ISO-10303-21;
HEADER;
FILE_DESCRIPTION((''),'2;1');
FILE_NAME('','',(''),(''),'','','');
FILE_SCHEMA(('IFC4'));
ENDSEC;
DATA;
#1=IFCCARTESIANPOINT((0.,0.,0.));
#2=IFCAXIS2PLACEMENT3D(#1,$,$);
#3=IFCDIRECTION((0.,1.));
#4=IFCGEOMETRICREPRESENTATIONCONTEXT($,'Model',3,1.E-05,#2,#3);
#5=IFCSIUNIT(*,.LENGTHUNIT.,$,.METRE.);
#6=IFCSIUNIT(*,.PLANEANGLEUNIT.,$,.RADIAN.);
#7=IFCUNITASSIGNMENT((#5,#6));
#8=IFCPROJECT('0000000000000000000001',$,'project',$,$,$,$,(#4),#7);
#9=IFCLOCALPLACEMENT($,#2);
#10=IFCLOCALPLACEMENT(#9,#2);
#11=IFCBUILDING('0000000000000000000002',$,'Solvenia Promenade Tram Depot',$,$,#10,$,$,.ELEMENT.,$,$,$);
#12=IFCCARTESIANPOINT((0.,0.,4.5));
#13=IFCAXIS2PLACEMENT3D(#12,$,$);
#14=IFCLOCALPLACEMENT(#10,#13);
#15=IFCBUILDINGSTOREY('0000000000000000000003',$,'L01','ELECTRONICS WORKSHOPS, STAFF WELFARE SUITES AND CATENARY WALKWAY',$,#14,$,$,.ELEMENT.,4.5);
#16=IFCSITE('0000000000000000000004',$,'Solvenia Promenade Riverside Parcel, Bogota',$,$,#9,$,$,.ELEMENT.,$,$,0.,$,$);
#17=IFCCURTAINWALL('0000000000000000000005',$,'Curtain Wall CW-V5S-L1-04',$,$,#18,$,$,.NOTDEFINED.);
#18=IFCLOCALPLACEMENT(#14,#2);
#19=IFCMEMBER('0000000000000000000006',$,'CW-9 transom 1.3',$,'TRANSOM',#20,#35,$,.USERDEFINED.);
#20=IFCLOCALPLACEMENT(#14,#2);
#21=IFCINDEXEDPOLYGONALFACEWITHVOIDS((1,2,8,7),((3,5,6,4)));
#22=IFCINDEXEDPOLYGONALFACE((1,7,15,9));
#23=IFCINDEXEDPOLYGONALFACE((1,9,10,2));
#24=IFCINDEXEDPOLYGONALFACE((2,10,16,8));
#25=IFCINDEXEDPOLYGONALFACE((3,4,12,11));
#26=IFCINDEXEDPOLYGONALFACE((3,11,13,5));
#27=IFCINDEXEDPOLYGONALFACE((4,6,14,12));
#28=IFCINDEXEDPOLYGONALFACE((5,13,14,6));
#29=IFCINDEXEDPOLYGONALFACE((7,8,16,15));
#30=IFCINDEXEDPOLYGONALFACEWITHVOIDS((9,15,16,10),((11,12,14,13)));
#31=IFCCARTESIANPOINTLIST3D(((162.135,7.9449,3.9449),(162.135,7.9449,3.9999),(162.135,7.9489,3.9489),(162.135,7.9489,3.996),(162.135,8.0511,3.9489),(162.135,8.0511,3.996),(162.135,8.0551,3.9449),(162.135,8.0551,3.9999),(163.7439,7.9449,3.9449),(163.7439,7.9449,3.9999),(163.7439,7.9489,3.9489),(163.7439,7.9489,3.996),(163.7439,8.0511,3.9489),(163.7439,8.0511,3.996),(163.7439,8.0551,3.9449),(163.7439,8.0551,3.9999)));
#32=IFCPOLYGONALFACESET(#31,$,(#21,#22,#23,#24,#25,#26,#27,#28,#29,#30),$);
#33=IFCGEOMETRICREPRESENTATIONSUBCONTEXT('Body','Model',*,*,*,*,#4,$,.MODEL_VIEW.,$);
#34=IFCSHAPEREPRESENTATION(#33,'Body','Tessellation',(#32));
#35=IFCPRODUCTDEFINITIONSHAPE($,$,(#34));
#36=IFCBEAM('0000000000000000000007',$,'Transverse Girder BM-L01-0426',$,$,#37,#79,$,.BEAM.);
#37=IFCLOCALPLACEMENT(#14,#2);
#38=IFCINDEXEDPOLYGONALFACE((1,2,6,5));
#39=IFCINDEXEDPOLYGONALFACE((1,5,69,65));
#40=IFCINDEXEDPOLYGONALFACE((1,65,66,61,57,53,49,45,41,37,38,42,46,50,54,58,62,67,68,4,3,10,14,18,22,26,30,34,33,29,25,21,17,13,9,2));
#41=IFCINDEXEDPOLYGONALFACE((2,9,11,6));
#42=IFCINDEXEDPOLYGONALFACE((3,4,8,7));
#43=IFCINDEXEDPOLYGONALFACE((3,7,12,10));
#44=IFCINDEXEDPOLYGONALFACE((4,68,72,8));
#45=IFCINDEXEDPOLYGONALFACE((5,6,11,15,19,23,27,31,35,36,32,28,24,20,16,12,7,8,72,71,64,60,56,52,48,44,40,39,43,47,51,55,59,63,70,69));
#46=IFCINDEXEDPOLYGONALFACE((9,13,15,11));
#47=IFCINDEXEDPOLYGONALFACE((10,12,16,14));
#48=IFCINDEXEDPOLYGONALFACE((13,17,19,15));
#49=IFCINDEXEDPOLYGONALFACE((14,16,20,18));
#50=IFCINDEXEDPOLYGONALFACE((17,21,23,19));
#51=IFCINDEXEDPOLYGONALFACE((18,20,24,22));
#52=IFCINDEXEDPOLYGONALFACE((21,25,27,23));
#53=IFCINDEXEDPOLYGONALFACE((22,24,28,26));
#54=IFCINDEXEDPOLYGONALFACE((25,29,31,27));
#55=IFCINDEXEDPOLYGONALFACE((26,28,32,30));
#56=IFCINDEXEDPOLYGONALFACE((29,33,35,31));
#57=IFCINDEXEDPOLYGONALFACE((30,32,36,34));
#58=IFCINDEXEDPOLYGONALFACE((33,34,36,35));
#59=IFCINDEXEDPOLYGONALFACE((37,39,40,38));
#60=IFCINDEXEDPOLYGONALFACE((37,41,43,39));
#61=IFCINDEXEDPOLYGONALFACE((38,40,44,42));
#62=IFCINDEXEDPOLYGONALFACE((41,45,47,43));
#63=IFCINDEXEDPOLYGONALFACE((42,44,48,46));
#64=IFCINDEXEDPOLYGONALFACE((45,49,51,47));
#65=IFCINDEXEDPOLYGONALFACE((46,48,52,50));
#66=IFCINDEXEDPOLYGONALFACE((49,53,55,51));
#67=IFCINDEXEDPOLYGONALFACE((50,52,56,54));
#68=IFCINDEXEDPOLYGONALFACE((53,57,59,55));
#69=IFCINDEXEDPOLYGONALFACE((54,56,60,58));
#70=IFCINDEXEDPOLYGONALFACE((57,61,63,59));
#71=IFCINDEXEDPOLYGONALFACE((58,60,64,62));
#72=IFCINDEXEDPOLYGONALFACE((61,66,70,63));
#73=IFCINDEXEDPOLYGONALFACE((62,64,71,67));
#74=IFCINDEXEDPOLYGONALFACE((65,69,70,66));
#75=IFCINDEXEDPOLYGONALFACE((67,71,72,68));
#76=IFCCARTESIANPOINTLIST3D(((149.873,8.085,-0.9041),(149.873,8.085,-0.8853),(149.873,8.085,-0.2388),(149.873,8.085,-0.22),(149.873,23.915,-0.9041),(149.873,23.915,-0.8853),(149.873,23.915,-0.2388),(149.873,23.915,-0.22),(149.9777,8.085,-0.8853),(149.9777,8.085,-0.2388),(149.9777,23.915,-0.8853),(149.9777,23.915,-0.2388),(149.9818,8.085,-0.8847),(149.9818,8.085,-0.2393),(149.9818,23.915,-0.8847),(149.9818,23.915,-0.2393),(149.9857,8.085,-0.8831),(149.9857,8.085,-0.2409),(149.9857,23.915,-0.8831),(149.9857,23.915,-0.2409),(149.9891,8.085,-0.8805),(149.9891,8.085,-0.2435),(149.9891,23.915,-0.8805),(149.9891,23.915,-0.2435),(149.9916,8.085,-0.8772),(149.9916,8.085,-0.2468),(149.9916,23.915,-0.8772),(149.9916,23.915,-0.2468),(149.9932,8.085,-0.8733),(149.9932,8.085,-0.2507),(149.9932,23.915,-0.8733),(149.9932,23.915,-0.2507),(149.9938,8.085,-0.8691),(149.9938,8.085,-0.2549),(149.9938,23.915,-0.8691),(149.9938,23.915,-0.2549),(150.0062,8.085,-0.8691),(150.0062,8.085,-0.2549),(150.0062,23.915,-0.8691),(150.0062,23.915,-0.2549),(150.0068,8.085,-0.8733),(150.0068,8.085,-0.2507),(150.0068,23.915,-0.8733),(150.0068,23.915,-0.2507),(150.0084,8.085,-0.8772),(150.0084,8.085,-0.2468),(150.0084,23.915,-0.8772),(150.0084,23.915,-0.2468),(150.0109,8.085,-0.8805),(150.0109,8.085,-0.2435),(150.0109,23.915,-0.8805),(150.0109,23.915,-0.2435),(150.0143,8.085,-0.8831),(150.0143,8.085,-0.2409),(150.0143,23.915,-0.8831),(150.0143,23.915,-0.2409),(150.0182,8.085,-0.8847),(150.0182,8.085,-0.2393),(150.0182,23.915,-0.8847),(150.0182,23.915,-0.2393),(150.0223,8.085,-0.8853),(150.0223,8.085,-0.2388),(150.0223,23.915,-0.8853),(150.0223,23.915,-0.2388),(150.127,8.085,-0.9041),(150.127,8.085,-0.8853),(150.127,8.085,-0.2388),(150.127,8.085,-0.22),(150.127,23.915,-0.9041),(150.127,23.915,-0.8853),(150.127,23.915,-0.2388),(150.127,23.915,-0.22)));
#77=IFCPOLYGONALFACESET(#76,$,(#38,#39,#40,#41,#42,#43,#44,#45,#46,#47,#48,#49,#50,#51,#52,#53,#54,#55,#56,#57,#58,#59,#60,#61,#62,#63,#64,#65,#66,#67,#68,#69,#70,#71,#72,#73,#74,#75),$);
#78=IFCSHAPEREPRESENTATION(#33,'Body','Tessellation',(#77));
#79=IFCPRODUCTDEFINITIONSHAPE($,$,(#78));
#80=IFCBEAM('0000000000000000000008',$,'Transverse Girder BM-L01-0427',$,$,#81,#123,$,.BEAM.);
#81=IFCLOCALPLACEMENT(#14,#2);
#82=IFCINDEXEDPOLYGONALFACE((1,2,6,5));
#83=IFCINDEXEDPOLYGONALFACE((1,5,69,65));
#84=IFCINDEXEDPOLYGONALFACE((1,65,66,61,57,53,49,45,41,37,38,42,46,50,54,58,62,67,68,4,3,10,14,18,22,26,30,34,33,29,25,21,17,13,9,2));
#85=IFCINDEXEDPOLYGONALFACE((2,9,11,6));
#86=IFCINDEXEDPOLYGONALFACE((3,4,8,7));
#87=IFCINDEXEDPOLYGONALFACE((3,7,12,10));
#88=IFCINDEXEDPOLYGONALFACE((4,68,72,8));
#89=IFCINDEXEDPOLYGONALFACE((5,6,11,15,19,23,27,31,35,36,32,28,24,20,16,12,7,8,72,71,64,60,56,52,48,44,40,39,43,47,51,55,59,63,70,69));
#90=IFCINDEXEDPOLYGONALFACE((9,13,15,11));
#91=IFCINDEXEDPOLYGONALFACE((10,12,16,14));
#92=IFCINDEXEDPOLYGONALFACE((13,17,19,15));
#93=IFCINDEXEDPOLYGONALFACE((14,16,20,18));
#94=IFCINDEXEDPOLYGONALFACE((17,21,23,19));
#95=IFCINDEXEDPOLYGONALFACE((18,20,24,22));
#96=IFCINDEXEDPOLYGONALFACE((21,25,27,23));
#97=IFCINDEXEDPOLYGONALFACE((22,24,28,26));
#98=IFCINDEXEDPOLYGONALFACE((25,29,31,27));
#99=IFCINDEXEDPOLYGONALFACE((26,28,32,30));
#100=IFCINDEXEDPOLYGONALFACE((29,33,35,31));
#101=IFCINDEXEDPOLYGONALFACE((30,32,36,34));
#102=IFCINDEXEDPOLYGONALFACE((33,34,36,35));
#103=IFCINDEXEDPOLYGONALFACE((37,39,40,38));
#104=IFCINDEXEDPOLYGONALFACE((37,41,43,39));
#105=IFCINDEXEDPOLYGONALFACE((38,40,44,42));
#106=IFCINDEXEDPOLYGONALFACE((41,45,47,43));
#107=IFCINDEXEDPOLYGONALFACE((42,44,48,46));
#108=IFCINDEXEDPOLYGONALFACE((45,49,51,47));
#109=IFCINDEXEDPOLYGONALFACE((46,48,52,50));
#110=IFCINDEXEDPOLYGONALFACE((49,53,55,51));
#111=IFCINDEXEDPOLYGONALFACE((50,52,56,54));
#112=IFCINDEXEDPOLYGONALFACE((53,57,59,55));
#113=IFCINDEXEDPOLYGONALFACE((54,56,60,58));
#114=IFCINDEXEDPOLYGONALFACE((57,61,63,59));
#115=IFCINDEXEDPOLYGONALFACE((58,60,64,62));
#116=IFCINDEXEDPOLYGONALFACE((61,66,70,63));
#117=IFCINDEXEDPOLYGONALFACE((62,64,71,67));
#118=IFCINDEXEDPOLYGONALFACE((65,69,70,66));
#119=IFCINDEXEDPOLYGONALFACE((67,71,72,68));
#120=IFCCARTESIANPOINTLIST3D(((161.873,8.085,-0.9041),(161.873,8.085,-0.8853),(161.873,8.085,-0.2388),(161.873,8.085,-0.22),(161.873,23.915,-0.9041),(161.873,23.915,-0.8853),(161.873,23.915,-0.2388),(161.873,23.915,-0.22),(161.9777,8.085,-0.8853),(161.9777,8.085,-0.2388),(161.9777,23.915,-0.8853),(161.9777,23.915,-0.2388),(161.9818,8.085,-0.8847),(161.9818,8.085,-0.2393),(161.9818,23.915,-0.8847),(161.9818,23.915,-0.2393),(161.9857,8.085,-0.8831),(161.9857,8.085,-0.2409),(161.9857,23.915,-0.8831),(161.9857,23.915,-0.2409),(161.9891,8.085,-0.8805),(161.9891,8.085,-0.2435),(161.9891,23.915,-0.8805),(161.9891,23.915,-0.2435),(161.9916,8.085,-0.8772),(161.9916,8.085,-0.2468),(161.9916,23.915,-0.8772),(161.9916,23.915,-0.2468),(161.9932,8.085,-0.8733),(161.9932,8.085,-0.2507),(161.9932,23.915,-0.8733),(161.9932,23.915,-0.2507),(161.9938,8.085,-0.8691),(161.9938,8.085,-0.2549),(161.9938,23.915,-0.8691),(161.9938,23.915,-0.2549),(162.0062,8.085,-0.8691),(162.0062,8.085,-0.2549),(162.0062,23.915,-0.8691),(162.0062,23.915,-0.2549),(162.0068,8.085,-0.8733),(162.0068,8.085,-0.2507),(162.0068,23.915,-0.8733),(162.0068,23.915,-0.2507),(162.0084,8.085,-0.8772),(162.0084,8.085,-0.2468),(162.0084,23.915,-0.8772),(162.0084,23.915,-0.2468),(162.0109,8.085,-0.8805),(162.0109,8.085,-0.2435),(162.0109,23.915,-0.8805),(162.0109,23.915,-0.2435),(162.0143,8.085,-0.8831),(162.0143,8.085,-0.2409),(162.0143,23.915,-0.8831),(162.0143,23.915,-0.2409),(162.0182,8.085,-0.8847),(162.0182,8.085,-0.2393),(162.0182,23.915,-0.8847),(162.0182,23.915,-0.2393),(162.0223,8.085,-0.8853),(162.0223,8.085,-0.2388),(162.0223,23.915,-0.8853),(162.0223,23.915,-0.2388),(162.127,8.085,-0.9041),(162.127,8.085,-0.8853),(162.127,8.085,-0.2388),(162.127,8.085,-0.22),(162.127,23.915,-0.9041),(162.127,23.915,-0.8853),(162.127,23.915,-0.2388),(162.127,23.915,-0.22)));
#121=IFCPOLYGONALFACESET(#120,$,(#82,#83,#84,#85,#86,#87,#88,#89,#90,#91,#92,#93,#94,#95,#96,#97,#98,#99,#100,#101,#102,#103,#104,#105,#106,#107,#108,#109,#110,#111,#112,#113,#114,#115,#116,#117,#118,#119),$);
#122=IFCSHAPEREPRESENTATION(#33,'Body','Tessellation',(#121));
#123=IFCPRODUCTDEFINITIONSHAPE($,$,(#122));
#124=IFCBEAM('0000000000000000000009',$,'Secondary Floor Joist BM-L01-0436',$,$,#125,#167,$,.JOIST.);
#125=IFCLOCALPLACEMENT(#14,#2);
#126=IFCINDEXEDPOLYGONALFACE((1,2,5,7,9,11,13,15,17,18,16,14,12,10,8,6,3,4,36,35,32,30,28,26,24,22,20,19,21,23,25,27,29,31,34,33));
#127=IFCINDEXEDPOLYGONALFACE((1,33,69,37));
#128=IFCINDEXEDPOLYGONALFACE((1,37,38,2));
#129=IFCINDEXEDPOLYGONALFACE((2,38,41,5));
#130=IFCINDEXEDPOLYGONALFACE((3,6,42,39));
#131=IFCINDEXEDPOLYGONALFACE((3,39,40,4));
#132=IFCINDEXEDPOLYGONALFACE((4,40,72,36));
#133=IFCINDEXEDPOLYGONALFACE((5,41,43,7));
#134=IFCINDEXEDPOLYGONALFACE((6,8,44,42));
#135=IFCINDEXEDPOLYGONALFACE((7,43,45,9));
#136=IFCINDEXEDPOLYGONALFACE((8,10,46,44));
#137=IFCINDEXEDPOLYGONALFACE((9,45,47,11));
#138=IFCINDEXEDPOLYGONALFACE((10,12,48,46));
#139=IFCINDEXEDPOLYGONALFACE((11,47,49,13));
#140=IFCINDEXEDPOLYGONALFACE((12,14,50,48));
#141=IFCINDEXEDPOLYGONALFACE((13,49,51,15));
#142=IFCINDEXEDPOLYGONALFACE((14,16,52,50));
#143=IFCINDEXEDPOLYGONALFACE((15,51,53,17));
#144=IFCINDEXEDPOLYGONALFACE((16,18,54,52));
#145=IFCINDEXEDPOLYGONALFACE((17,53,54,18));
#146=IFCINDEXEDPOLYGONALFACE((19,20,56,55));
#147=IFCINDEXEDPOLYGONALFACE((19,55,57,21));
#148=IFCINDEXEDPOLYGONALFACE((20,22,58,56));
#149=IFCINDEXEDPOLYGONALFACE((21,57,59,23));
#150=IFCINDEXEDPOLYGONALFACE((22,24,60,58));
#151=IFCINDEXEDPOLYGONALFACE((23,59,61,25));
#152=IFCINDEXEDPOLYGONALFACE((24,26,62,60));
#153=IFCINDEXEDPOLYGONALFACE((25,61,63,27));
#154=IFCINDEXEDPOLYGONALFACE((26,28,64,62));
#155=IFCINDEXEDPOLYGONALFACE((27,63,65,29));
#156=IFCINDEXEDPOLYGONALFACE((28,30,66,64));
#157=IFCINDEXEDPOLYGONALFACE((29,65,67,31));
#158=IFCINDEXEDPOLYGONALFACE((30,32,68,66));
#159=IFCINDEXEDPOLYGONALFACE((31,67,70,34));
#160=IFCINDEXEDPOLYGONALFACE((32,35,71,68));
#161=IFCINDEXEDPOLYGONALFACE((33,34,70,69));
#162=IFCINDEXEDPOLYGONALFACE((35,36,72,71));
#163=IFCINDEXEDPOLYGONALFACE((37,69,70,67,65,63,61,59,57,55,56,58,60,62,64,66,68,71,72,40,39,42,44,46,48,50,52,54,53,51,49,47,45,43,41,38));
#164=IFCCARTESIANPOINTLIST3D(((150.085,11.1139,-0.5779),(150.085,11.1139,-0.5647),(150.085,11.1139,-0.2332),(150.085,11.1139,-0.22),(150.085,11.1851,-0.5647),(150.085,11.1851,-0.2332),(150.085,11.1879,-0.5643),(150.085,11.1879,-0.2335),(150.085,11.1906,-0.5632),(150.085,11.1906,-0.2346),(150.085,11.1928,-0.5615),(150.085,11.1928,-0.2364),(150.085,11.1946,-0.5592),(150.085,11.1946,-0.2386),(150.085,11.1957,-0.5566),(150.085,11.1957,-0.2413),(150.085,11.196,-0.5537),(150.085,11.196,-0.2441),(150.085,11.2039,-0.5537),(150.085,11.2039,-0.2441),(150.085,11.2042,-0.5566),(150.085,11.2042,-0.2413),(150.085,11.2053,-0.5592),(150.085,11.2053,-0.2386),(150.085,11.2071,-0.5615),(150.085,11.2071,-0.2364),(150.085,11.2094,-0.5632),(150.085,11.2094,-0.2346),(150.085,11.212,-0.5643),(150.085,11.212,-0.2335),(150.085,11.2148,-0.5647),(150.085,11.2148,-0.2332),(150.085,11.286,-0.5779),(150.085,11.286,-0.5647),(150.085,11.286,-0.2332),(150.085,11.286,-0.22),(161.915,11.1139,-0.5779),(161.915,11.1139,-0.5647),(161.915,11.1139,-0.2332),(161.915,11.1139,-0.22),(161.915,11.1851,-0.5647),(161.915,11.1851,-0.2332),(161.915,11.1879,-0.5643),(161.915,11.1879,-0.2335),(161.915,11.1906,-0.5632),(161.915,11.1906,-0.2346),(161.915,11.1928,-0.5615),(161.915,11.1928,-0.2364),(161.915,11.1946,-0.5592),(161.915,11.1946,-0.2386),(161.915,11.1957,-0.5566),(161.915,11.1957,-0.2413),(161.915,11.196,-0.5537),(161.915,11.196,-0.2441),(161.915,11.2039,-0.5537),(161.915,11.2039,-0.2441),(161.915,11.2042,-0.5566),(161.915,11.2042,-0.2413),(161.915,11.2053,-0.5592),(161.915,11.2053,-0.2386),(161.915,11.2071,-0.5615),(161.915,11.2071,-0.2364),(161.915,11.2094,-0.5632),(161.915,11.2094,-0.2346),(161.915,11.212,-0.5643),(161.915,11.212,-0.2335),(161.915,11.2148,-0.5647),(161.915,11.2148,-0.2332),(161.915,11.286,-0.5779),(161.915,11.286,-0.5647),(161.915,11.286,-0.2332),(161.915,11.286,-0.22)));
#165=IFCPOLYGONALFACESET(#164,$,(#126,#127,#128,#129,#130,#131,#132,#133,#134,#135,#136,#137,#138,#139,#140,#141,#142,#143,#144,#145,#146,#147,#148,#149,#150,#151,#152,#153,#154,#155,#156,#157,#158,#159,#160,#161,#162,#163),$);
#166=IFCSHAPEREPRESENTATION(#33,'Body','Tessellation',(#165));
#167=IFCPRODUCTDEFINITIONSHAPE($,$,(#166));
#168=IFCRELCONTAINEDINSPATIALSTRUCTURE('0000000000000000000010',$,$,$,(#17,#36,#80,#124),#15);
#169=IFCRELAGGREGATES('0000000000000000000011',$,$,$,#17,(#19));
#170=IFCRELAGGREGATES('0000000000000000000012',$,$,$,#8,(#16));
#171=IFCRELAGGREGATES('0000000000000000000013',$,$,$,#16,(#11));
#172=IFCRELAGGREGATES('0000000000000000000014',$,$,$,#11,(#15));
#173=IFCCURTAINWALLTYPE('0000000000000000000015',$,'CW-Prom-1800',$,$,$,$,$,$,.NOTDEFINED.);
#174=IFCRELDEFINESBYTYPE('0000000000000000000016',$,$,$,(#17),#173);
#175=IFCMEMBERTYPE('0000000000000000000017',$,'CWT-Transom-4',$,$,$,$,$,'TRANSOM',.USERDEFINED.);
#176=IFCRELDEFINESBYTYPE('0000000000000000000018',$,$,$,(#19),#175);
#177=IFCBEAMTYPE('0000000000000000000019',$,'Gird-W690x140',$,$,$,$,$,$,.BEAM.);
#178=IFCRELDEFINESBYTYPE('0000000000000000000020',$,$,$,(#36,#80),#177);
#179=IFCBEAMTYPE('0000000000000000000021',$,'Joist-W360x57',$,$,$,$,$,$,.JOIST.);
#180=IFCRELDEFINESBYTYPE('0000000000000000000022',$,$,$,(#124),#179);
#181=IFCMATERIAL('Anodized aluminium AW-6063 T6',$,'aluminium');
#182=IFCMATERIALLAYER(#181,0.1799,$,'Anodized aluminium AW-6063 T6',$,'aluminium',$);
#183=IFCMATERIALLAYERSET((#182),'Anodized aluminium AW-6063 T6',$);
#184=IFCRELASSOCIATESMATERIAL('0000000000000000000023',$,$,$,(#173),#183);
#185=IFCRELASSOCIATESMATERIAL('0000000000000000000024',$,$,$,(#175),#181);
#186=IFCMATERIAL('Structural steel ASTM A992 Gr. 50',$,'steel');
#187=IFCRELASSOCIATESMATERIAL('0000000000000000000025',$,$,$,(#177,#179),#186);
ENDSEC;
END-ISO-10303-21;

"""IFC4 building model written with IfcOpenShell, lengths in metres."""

from ifc_helpers import new_model, si_unit, direction, frame, origin, origin_2d, place, context, subcontext, project, spatial, hollow_rectangle, i_section, extrude, material, layer, layer_set, material_profile, profile_set, type_object, element, aggregate, save


model = new_model("IFC4")

# Units and contexts
model_context = context("Model", 3, precision=1e-05, world=origin(), true_north=direction((0.0, 1.0)))
body_context = subcontext(model_context, "Body", "Model", "MODEL_VIEW")
ifc_project = project(units=[si_unit("LENGTHUNIT", "METRE"), si_unit("PLANEANGLEUNIT", "RADIAN")], contexts=[model_context])

# Site, building, storey
site_placement = place(None, origin())
site = spatial("IfcSite", under=ifc_project, at=site_placement, Name="Solvenia Promenade Riverside Parcel, Bogota", CompositionType="ELEMENT", RefElevation=0.0)
building_placement = place(site_placement, origin())
building = spatial("IfcBuilding", under=site, at=building_placement, Name="Solvenia Promenade Tram Depot", CompositionType="ELEMENT")
storey_placement = place(building_placement, frame((0.0, 0.0, 4.5)))
storey = spatial("IfcBuildingStorey", under=building, at=storey_placement, Name="L01", Description="ELECTRONICS WORKSHOPS, STAFF WELFARE SUITES AND CATENARY WALKWAY", CompositionType="ELEMENT", Elevation=4.5)

# Shared definitions
ifc_material_1 = material(Name="Structural steel ASTM A992 Gr. 50", Category="steel")

# Shared definitions
ifc_material_2 = material(Name="Anodized aluminium AW-6063 T6", Category="aluminium")
ifc_layer_1 = layer(ifc_material_2, 0.1799, Name="Anodized aluminium AW-6063 T6", Category="aluminium")
ifc_layer_set_1 = layer_set([ifc_layer_1], Name="Anodized aluminium AW-6063 T6")
curtain_wall_type = type_object("IfcCurtainWallType", Name="CW-Prom-1800", PredefinedType="NOTDEFINED", material=ifc_layer_set_1)

# Curtain wall
curtain_wall_1_placement = place(storey_placement, origin())
curtain_wall_1 = element("IfcCurtainWall", 1, at=curtain_wall_1_placement, inside=storey, type_object=curtain_wall_type, Name="Curtain Wall CW-V5S-L1-04", PredefinedType="NOTDEFINED")

# Member
ifc_material_profile_1 = material_profile(ifc_material_2, hollow_rectangle(XDim=0.1101, YDim=0.0549, WallThickness=0.0039, at=origin_2d()), Name="ALU-T4", Category="aluminium")
ifc_profile_set_1 = profile_set([ifc_material_profile_1], Name="Anodized aluminium AW-6063 T6")
member_type_1 = type_object("IfcMemberType", Name="CWT-Transom-4", ElementType="TRANSOM", PredefinedType="USERDEFINED", material=ifc_profile_set_1)
member_1_placement = place(storey_placement, frame((162.135, 8.0, 3.9724), z_axis=(1.0, 0.0, 0.0), x_axis=(0.0, 1.0, 0.0)))
member_1 = element("IfcMember", 2, at=member_1_placement, type_object=member_type_1, Name="CW-9 transom 1.3", ObjectType="TRANSOM", PredefinedType="USERDEFINED", context=body_context, shape_type="SweptSolid", body=[
    extrude(hollow_rectangle(XDim=0.1101, YDim=0.0549, WallThickness=0.0039, at=origin_2d()), origin(), (0.0, 0.0, 1.0), 1.6089),
])
aggregate(curtain_wall_1, [member_1])

# Beams
ifc_material_profile_2 = material_profile(ifc_material_1, i_section(OverallWidth=0.2539, OverallDepth=0.6841, WebThickness=0.0125, FlangeThickness=0.0188, FilletRadius=0.0161, at=origin_2d()), Name="W690x140", Category="steel")
ifc_profile_set_2 = profile_set([ifc_material_profile_2], Name="Structural steel ASTM A992 Gr. 50")
beam_type_1 = type_object("IfcBeamType", Name="Gird-W690x140", PredefinedType="BEAM", material=ifc_profile_set_2)
for number, where, z_axis, x_axis, name in (
    (3, (150.0, 8.085, -0.562), (0.0, 1.0, 0.0), (-1.0, 0.0, 0.0), "Transverse Girder BM-L01-0426"),
    (4, (162.0, 8.085, -0.562), (0.0, 1.0, 0.0), (-1.0, 0.0, 0.0), "Transverse Girder BM-L01-0427"),
):
    element("IfcBeam", number, at=place(storey_placement, frame(where, z_axis=z_axis, x_axis=x_axis)), inside=storey, type_object=beam_type_1, Name=name, PredefinedType="BEAM", context=body_context, shape_type="SweptSolid", body=[
        extrude(i_section(OverallWidth=0.2539, OverallDepth=0.6841, WebThickness=0.0125, FlangeThickness=0.0188, FilletRadius=0.0161, at=origin_2d()), origin(), (0.0, 0.0, 1.0), 15.8301),
    ])
ifc_material_profile_3 = material_profile(ifc_material_1, i_section(OverallWidth=0.1721, OverallDepth=0.3579, WebThickness=0.0078, FlangeThickness=0.0132, FilletRadius=0.011, at=origin_2d()), Name="W360x57", Category="steel")
ifc_profile_set_3 = profile_set([ifc_material_profile_3], Name="Structural steel ASTM A992 Gr. 50")
beam_type_2 = type_object("IfcBeamType", Name="Joist-W360x57", PredefinedType="JOIST", material=ifc_profile_set_3)
for number, where, z_axis, x_axis, name in (
    (5, (150.085, 11.2, -0.3989), (1.0, 0.0, 0.0), (0.0, 1.0, 0.0), "Secondary Floor Joist BM-L01-0436"),
):
    element("IfcBeam", number, at=place(storey_placement, frame(where, z_axis=z_axis, x_axis=x_axis)), inside=storey, type_object=beam_type_2, Name=name, PredefinedType="JOIST", context=body_context, shape_type="SweptSolid", body=[
        extrude(i_section(OverallWidth=0.1721, OverallDepth=0.3579, WebThickness=0.0078, FlangeThickness=0.0132, FilletRadius=0.011, at=origin_2d()), origin(), (0.0, 0.0, 1.0), 11.8301),
    ])

save(model, "model.ifc")
